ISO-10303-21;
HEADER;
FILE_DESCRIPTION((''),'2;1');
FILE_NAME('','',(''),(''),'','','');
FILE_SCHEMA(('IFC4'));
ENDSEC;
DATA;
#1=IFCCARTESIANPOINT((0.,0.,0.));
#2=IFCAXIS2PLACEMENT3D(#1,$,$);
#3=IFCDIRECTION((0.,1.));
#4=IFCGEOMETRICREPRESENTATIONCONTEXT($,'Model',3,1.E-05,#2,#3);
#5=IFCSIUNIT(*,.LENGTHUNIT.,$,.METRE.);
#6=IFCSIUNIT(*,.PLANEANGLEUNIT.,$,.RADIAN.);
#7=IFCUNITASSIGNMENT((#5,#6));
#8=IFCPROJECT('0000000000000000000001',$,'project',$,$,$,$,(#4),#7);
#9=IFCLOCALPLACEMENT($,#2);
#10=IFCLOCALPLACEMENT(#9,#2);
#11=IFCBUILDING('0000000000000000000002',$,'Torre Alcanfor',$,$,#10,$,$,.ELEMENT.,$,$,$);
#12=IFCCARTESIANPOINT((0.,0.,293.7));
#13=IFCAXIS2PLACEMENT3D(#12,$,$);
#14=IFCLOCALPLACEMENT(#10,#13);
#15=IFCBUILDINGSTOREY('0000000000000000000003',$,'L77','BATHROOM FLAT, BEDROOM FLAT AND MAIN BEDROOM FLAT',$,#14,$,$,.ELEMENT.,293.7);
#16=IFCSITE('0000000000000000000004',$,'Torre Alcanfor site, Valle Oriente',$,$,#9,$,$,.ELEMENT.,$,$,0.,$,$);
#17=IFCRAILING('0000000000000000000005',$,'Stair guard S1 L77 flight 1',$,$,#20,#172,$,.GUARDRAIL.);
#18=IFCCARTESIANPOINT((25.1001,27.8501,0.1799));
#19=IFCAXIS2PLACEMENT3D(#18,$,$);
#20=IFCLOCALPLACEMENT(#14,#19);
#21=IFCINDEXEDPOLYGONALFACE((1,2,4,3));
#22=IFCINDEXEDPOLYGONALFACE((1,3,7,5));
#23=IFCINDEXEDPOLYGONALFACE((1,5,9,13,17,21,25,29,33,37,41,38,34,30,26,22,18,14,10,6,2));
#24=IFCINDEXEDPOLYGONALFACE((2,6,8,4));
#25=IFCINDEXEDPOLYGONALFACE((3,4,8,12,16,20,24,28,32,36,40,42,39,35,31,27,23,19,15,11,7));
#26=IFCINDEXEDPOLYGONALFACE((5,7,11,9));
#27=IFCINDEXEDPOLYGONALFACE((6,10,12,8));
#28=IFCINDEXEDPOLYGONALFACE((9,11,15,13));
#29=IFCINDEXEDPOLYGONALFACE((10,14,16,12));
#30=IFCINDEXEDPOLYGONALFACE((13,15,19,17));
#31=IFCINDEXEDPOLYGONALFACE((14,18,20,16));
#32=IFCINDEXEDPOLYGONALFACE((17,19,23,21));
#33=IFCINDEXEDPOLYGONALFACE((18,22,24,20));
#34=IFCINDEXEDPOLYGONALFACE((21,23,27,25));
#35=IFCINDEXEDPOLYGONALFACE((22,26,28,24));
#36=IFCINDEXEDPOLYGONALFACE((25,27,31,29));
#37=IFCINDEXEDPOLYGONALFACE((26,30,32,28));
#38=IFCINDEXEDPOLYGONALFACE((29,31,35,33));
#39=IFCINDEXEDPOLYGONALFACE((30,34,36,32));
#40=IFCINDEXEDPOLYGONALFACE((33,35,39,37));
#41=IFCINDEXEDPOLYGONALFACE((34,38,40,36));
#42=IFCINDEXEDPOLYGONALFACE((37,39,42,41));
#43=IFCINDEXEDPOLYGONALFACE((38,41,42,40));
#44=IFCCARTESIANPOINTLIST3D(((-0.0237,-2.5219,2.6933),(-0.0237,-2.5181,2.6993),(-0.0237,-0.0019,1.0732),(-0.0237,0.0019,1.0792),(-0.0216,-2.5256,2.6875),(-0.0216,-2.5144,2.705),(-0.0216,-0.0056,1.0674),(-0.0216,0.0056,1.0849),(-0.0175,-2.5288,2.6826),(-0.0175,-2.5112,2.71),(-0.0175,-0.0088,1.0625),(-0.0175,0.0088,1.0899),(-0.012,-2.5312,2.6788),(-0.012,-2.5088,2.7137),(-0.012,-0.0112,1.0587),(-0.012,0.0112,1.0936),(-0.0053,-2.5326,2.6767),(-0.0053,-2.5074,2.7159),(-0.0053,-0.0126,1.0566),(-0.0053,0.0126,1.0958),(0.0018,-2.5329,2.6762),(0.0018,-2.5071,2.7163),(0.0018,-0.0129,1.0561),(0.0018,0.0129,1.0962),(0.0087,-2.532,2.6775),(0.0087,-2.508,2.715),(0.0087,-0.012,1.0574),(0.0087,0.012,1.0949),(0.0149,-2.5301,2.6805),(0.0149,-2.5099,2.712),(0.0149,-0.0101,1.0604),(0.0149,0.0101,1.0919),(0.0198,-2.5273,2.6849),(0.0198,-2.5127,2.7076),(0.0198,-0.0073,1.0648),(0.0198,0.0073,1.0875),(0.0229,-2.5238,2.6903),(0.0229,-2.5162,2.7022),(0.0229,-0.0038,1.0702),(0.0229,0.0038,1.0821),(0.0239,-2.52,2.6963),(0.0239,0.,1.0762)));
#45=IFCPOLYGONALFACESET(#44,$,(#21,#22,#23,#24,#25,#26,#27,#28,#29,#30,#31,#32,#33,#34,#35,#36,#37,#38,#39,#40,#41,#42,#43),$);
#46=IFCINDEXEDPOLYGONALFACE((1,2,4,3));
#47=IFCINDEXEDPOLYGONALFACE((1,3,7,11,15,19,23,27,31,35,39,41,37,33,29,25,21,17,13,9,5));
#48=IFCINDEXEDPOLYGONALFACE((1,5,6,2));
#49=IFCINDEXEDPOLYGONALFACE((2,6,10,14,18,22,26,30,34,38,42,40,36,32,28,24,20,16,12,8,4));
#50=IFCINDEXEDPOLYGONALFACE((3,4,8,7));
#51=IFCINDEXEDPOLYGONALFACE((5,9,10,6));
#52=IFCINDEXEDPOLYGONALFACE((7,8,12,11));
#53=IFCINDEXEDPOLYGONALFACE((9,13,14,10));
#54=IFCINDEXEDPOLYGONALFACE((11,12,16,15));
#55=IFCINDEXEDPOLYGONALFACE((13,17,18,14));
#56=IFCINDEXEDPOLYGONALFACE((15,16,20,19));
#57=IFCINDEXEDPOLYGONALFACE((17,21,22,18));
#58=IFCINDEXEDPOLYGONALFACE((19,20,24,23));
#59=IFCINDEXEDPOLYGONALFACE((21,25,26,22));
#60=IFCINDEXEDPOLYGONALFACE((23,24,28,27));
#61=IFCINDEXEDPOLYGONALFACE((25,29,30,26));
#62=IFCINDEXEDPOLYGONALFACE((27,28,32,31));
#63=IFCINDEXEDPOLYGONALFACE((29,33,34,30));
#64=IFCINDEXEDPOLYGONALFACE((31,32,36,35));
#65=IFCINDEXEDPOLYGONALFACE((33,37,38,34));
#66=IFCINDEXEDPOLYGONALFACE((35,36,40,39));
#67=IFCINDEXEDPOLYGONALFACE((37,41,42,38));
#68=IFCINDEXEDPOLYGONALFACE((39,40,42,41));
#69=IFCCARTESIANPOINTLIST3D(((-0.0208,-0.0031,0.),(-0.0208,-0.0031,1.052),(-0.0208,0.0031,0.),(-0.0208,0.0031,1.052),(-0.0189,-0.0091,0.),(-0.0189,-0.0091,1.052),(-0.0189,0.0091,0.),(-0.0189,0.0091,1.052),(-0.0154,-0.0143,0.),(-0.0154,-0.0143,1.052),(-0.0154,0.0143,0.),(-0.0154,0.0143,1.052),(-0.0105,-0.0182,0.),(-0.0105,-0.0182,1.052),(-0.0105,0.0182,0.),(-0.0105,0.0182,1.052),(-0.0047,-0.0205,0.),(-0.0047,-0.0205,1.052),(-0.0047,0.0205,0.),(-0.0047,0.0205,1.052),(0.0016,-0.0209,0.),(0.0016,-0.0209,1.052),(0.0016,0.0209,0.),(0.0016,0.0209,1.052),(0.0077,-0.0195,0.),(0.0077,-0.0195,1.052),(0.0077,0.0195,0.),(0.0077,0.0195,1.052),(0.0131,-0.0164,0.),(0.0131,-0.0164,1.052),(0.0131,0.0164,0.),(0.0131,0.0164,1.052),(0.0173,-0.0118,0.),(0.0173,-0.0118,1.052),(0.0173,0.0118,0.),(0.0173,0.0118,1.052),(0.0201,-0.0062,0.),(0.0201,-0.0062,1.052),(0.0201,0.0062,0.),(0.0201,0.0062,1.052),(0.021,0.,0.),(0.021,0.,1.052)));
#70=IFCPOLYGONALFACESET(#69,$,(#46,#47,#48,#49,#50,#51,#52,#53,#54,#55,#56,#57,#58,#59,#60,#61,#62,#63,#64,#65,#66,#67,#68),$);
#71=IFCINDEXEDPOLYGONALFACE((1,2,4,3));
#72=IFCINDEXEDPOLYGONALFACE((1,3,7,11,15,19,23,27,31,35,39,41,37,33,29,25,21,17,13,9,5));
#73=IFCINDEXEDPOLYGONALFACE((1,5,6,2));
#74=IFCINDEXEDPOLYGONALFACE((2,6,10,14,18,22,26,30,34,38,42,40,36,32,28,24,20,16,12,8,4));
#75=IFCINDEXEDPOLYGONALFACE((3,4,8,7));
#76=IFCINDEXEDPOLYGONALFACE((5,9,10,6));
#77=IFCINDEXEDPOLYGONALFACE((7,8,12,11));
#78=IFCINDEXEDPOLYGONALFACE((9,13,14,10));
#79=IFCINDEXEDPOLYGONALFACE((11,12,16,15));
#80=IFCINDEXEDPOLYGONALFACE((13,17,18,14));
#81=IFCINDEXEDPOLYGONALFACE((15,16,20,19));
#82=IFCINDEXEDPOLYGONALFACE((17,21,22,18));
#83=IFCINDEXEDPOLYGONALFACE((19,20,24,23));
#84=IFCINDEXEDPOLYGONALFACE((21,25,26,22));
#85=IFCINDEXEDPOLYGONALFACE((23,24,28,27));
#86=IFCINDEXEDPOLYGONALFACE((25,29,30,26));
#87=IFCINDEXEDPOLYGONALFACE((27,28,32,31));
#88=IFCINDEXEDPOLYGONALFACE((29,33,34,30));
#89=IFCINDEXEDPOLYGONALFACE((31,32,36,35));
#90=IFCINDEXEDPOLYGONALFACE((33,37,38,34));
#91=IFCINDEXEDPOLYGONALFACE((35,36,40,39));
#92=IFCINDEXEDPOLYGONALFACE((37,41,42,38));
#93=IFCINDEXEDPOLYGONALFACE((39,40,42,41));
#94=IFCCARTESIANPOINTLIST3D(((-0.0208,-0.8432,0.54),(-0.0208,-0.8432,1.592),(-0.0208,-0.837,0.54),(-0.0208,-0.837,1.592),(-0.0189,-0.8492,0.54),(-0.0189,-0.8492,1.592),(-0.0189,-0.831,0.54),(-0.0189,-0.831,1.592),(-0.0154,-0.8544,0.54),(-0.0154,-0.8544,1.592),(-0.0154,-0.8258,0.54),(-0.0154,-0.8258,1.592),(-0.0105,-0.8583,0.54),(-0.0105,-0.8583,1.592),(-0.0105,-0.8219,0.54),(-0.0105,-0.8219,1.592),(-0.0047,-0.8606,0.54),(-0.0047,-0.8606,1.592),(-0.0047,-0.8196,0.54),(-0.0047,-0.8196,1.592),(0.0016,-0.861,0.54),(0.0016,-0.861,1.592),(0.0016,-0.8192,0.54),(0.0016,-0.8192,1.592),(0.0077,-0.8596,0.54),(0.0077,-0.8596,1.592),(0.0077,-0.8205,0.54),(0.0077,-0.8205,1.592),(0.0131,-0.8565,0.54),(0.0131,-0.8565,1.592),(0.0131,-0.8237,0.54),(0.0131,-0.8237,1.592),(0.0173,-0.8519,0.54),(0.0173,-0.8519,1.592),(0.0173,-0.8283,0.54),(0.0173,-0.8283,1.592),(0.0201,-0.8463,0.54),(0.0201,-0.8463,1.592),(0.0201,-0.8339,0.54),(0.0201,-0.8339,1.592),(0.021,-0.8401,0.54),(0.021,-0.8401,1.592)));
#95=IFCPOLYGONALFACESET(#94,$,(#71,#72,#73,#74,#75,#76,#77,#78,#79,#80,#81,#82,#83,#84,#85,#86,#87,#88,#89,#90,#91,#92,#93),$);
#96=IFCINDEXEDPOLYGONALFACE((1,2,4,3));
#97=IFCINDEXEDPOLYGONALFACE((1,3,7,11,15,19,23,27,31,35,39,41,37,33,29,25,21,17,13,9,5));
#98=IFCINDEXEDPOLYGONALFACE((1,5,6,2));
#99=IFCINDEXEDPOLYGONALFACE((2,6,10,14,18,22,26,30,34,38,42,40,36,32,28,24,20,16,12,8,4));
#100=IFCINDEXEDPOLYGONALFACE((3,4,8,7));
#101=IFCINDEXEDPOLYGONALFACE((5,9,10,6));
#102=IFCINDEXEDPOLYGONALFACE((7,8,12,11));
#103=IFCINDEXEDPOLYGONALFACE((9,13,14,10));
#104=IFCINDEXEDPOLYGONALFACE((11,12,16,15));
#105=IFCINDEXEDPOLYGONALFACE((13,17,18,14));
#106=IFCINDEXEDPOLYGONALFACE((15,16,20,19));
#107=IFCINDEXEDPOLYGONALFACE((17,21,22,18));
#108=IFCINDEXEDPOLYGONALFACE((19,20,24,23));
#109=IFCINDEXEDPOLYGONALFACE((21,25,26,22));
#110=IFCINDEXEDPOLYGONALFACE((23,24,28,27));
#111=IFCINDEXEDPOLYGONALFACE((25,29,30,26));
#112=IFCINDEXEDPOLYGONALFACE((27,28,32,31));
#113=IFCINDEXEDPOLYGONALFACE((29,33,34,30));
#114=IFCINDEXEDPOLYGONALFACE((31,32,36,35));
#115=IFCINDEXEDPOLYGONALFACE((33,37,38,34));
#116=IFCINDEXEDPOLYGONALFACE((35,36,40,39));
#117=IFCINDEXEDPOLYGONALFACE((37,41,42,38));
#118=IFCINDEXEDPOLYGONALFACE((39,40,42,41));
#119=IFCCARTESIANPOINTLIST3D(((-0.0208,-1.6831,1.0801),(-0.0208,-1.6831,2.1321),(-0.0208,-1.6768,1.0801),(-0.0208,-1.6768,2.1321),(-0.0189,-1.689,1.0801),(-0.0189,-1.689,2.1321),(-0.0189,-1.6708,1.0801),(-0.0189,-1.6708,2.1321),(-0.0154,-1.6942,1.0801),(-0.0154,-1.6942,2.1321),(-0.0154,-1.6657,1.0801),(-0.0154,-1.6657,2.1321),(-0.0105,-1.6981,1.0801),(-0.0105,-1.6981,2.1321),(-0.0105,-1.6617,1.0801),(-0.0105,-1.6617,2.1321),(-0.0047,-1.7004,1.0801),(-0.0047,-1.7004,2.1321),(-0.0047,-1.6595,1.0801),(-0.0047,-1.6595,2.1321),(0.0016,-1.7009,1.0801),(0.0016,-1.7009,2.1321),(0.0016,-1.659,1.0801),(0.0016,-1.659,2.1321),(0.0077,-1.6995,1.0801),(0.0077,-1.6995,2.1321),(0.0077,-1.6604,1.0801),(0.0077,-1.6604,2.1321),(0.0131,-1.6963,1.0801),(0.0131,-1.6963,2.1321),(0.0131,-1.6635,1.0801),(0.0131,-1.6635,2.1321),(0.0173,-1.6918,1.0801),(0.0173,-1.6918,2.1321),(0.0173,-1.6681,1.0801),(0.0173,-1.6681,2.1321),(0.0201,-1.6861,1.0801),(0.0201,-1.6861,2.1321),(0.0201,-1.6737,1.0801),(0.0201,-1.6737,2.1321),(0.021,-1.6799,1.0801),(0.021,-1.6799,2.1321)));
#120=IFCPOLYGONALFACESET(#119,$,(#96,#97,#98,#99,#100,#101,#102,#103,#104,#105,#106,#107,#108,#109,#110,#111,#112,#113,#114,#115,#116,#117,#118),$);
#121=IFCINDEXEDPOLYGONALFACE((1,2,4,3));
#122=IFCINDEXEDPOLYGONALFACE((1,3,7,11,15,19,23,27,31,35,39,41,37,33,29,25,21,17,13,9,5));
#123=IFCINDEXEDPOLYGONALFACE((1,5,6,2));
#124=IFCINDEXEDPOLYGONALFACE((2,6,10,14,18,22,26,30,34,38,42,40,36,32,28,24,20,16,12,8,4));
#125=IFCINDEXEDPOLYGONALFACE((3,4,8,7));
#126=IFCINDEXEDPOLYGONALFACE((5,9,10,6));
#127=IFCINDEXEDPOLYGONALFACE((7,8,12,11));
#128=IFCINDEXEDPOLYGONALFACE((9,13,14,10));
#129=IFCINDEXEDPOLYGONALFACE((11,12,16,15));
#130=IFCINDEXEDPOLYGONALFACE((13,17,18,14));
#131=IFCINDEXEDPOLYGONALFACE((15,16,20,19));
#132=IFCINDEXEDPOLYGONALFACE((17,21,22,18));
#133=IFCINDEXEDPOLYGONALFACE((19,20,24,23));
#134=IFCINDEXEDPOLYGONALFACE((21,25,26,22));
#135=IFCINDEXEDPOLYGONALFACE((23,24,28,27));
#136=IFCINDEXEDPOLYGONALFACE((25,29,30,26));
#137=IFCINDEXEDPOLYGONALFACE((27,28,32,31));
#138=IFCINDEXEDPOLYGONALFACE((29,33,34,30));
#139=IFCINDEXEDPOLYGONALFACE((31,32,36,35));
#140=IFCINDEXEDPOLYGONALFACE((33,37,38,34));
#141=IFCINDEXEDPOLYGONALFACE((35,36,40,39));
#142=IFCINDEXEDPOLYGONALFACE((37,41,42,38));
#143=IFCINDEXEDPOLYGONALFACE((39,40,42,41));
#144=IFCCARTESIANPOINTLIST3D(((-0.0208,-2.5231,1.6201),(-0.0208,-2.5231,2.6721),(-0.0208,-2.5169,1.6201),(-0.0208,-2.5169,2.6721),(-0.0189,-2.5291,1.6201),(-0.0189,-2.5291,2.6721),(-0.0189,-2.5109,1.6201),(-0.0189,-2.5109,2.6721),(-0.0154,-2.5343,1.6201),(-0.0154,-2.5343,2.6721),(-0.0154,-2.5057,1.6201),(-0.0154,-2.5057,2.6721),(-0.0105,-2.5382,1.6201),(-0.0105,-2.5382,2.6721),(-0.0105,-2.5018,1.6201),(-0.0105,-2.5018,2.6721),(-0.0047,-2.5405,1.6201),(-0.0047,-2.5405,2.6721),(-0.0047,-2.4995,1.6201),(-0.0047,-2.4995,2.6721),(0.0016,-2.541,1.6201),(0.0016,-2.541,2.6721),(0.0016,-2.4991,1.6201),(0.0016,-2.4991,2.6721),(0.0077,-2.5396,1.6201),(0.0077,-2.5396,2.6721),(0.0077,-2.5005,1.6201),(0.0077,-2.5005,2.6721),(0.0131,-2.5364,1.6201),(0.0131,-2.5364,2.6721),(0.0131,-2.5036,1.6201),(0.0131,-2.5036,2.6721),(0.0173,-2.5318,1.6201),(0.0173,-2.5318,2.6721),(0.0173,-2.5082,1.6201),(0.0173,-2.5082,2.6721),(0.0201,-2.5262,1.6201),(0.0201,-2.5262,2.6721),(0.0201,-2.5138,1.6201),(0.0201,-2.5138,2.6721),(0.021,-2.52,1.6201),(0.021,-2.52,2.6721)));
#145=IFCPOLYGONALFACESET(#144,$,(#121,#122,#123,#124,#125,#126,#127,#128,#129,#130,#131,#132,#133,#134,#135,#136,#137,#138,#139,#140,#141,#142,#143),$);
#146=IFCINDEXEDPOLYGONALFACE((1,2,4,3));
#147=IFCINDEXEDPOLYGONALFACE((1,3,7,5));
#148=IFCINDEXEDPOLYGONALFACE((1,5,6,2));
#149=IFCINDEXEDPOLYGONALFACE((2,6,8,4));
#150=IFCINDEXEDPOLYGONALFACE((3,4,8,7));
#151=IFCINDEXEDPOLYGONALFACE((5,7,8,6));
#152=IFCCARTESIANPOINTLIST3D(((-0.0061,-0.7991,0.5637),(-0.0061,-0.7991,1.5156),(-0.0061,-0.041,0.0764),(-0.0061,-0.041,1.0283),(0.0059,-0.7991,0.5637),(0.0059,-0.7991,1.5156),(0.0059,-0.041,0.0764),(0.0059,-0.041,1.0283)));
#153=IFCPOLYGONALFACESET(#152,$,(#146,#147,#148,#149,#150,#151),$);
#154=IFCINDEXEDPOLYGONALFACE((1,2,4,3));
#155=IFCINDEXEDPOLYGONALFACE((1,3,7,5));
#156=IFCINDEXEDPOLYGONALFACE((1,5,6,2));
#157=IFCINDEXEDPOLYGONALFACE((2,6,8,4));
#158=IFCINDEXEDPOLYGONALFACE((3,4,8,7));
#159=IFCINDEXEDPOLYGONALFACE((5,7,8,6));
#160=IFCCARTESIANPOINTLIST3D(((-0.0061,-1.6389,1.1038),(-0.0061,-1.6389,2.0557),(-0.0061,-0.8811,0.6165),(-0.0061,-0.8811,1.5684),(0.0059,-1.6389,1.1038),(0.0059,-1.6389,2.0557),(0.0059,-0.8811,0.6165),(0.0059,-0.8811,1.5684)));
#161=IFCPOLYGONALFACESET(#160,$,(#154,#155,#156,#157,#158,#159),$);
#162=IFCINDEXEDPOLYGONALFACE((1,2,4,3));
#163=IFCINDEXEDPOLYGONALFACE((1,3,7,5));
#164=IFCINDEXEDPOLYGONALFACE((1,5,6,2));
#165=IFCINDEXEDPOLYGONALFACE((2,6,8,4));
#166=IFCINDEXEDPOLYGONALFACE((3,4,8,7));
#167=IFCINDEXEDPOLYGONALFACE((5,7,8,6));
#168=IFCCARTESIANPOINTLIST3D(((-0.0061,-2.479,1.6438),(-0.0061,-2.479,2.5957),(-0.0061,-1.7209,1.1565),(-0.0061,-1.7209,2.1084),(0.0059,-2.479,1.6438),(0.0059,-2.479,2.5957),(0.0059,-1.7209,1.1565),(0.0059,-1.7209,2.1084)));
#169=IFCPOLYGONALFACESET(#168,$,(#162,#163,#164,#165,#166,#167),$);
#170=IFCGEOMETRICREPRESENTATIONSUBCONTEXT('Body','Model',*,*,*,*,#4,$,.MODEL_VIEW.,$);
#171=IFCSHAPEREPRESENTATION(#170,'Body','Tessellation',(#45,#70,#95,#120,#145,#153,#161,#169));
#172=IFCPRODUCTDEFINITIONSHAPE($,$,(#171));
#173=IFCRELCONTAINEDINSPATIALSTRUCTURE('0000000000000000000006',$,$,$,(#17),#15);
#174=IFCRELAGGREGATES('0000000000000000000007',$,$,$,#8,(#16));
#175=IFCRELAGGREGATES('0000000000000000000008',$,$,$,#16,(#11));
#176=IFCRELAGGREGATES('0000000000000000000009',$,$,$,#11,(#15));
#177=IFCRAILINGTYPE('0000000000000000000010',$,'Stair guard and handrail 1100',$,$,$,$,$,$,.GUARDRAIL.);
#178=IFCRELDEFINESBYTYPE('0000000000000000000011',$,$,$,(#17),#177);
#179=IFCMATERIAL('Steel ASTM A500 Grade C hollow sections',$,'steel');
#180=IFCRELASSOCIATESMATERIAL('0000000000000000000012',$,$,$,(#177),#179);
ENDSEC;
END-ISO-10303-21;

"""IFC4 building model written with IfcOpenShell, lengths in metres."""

from ifc_helpers import new_model, si_unit, direction, frame, origin, origin_2d, place, context, subcontext, project, spatial, polyline, circle, outline, extrude, material, type_object, element, save


model = new_model("IFC4")

# Units and contexts
model_context = context("Model", 3, precision=1e-05, world=origin(), true_north=direction((0.0, 1.0)))
body_context = subcontext(model_context, "Body", "Model", "MODEL_VIEW")
ifc_project = project(units=[si_unit("LENGTHUNIT", "METRE"), si_unit("PLANEANGLEUNIT", "RADIAN")], contexts=[model_context])

# Site, building, storey
site_placement = place(None, origin())
site = spatial("IfcSite", under=ifc_project, at=site_placement, Name="Torre Alcanfor site, Valle Oriente", CompositionType="ELEMENT", RefElevation=0.0)
building_placement = place(site_placement, origin())
building = spatial("IfcBuilding", under=site, at=building_placement, Name="Torre Alcanfor", CompositionType="ELEMENT")
storey_placement = place(building_placement, frame((0.0, 0.0, 293.7)))
storey = spatial("IfcBuildingStorey", under=building, at=storey_placement, Name="L77", Description="BATHROOM FLAT, BEDROOM FLAT AND MAIN BEDROOM FLAT", CompositionType="ELEMENT", Elevation=293.7)

# Railing
ifc_material_1 = material(Name="Steel ASTM A500 Grade C hollow sections", Category="steel")
railing_type_1 = type_object("IfcRailingType", Name="Stair guard and handrail 1100", PredefinedType="GUARDRAIL", material=ifc_material_1)
railing_1_placement = place(storey_placement, frame((25.1001, 27.8501, 0.1799)))
element("IfcRailing", 1, at=railing_1_placement, inside=storey, type_object=railing_type_1, Name="Stair guard S1 L77 flight 1", PredefinedType="GUARDRAIL", context=body_context, shape_type="SweptSolid", body=[
    extrude(circle(Radius=0.0239, at=origin_2d()), frame((0.0, 0.0, 1.0762), z_axis=(0.0, -0.841163, 0.540782), x_axis=(1.0, 0.0, 0.0)), (0.0, 0.0, 1.0), 2.9958),
    extrude(circle(Radius=0.021, at=origin_2d()), origin(), (0.0, 0.0, 1.0), 1.052),
    extrude(circle(Radius=0.021, at=origin_2d()), frame((0.0, -0.8401, 0.54)), (0.0, 0.0, 1.0), 1.052),
    extrude(circle(Radius=0.021, at=origin_2d()), frame((0.0, -1.6799, 1.0801)), (0.0, 0.0, 1.0), 1.052),
    extrude(circle(Radius=0.021, at=origin_2d()), frame((0.0, -2.52, 1.6201)), (0.0, 0.0, 1.0), 1.052),
    extrude(outline(polyline([(0.041, 0.0764), (0.7991, 0.5637), (0.7991, 1.5156), (0.041, 1.0283), (0.041, 0.0764)])), frame((0.0059, 0.0, 0.0), z_axis=(-1.0, 0.0, 0.0), x_axis=(0.0, -1.0, 0.0)), (0.0, 0.0, 1.0), 0.012),
    extrude(outline(polyline([(0.8811, 0.6165), (1.6389, 1.1038), (1.6389, 2.0557), (0.8811, 1.5684), (0.8811, 0.6165)])), frame((0.0059, 0.0, 0.0), z_axis=(-1.0, 0.0, 0.0), x_axis=(0.0, -1.0, 0.0)), (0.0, 0.0, 1.0), 0.012),
    extrude(outline(polyline([(1.7209, 1.1565), (2.479, 1.6438), (2.479, 2.5957), (1.7209, 2.1084), (1.7209, 1.1565)])), frame((0.0059, 0.0, 0.0), z_axis=(-1.0, 0.0, 0.0), x_axis=(0.0, -1.0, 0.0)), (0.0, 0.0, 1.0), 0.012),
])

save(model, "model.ifc")
